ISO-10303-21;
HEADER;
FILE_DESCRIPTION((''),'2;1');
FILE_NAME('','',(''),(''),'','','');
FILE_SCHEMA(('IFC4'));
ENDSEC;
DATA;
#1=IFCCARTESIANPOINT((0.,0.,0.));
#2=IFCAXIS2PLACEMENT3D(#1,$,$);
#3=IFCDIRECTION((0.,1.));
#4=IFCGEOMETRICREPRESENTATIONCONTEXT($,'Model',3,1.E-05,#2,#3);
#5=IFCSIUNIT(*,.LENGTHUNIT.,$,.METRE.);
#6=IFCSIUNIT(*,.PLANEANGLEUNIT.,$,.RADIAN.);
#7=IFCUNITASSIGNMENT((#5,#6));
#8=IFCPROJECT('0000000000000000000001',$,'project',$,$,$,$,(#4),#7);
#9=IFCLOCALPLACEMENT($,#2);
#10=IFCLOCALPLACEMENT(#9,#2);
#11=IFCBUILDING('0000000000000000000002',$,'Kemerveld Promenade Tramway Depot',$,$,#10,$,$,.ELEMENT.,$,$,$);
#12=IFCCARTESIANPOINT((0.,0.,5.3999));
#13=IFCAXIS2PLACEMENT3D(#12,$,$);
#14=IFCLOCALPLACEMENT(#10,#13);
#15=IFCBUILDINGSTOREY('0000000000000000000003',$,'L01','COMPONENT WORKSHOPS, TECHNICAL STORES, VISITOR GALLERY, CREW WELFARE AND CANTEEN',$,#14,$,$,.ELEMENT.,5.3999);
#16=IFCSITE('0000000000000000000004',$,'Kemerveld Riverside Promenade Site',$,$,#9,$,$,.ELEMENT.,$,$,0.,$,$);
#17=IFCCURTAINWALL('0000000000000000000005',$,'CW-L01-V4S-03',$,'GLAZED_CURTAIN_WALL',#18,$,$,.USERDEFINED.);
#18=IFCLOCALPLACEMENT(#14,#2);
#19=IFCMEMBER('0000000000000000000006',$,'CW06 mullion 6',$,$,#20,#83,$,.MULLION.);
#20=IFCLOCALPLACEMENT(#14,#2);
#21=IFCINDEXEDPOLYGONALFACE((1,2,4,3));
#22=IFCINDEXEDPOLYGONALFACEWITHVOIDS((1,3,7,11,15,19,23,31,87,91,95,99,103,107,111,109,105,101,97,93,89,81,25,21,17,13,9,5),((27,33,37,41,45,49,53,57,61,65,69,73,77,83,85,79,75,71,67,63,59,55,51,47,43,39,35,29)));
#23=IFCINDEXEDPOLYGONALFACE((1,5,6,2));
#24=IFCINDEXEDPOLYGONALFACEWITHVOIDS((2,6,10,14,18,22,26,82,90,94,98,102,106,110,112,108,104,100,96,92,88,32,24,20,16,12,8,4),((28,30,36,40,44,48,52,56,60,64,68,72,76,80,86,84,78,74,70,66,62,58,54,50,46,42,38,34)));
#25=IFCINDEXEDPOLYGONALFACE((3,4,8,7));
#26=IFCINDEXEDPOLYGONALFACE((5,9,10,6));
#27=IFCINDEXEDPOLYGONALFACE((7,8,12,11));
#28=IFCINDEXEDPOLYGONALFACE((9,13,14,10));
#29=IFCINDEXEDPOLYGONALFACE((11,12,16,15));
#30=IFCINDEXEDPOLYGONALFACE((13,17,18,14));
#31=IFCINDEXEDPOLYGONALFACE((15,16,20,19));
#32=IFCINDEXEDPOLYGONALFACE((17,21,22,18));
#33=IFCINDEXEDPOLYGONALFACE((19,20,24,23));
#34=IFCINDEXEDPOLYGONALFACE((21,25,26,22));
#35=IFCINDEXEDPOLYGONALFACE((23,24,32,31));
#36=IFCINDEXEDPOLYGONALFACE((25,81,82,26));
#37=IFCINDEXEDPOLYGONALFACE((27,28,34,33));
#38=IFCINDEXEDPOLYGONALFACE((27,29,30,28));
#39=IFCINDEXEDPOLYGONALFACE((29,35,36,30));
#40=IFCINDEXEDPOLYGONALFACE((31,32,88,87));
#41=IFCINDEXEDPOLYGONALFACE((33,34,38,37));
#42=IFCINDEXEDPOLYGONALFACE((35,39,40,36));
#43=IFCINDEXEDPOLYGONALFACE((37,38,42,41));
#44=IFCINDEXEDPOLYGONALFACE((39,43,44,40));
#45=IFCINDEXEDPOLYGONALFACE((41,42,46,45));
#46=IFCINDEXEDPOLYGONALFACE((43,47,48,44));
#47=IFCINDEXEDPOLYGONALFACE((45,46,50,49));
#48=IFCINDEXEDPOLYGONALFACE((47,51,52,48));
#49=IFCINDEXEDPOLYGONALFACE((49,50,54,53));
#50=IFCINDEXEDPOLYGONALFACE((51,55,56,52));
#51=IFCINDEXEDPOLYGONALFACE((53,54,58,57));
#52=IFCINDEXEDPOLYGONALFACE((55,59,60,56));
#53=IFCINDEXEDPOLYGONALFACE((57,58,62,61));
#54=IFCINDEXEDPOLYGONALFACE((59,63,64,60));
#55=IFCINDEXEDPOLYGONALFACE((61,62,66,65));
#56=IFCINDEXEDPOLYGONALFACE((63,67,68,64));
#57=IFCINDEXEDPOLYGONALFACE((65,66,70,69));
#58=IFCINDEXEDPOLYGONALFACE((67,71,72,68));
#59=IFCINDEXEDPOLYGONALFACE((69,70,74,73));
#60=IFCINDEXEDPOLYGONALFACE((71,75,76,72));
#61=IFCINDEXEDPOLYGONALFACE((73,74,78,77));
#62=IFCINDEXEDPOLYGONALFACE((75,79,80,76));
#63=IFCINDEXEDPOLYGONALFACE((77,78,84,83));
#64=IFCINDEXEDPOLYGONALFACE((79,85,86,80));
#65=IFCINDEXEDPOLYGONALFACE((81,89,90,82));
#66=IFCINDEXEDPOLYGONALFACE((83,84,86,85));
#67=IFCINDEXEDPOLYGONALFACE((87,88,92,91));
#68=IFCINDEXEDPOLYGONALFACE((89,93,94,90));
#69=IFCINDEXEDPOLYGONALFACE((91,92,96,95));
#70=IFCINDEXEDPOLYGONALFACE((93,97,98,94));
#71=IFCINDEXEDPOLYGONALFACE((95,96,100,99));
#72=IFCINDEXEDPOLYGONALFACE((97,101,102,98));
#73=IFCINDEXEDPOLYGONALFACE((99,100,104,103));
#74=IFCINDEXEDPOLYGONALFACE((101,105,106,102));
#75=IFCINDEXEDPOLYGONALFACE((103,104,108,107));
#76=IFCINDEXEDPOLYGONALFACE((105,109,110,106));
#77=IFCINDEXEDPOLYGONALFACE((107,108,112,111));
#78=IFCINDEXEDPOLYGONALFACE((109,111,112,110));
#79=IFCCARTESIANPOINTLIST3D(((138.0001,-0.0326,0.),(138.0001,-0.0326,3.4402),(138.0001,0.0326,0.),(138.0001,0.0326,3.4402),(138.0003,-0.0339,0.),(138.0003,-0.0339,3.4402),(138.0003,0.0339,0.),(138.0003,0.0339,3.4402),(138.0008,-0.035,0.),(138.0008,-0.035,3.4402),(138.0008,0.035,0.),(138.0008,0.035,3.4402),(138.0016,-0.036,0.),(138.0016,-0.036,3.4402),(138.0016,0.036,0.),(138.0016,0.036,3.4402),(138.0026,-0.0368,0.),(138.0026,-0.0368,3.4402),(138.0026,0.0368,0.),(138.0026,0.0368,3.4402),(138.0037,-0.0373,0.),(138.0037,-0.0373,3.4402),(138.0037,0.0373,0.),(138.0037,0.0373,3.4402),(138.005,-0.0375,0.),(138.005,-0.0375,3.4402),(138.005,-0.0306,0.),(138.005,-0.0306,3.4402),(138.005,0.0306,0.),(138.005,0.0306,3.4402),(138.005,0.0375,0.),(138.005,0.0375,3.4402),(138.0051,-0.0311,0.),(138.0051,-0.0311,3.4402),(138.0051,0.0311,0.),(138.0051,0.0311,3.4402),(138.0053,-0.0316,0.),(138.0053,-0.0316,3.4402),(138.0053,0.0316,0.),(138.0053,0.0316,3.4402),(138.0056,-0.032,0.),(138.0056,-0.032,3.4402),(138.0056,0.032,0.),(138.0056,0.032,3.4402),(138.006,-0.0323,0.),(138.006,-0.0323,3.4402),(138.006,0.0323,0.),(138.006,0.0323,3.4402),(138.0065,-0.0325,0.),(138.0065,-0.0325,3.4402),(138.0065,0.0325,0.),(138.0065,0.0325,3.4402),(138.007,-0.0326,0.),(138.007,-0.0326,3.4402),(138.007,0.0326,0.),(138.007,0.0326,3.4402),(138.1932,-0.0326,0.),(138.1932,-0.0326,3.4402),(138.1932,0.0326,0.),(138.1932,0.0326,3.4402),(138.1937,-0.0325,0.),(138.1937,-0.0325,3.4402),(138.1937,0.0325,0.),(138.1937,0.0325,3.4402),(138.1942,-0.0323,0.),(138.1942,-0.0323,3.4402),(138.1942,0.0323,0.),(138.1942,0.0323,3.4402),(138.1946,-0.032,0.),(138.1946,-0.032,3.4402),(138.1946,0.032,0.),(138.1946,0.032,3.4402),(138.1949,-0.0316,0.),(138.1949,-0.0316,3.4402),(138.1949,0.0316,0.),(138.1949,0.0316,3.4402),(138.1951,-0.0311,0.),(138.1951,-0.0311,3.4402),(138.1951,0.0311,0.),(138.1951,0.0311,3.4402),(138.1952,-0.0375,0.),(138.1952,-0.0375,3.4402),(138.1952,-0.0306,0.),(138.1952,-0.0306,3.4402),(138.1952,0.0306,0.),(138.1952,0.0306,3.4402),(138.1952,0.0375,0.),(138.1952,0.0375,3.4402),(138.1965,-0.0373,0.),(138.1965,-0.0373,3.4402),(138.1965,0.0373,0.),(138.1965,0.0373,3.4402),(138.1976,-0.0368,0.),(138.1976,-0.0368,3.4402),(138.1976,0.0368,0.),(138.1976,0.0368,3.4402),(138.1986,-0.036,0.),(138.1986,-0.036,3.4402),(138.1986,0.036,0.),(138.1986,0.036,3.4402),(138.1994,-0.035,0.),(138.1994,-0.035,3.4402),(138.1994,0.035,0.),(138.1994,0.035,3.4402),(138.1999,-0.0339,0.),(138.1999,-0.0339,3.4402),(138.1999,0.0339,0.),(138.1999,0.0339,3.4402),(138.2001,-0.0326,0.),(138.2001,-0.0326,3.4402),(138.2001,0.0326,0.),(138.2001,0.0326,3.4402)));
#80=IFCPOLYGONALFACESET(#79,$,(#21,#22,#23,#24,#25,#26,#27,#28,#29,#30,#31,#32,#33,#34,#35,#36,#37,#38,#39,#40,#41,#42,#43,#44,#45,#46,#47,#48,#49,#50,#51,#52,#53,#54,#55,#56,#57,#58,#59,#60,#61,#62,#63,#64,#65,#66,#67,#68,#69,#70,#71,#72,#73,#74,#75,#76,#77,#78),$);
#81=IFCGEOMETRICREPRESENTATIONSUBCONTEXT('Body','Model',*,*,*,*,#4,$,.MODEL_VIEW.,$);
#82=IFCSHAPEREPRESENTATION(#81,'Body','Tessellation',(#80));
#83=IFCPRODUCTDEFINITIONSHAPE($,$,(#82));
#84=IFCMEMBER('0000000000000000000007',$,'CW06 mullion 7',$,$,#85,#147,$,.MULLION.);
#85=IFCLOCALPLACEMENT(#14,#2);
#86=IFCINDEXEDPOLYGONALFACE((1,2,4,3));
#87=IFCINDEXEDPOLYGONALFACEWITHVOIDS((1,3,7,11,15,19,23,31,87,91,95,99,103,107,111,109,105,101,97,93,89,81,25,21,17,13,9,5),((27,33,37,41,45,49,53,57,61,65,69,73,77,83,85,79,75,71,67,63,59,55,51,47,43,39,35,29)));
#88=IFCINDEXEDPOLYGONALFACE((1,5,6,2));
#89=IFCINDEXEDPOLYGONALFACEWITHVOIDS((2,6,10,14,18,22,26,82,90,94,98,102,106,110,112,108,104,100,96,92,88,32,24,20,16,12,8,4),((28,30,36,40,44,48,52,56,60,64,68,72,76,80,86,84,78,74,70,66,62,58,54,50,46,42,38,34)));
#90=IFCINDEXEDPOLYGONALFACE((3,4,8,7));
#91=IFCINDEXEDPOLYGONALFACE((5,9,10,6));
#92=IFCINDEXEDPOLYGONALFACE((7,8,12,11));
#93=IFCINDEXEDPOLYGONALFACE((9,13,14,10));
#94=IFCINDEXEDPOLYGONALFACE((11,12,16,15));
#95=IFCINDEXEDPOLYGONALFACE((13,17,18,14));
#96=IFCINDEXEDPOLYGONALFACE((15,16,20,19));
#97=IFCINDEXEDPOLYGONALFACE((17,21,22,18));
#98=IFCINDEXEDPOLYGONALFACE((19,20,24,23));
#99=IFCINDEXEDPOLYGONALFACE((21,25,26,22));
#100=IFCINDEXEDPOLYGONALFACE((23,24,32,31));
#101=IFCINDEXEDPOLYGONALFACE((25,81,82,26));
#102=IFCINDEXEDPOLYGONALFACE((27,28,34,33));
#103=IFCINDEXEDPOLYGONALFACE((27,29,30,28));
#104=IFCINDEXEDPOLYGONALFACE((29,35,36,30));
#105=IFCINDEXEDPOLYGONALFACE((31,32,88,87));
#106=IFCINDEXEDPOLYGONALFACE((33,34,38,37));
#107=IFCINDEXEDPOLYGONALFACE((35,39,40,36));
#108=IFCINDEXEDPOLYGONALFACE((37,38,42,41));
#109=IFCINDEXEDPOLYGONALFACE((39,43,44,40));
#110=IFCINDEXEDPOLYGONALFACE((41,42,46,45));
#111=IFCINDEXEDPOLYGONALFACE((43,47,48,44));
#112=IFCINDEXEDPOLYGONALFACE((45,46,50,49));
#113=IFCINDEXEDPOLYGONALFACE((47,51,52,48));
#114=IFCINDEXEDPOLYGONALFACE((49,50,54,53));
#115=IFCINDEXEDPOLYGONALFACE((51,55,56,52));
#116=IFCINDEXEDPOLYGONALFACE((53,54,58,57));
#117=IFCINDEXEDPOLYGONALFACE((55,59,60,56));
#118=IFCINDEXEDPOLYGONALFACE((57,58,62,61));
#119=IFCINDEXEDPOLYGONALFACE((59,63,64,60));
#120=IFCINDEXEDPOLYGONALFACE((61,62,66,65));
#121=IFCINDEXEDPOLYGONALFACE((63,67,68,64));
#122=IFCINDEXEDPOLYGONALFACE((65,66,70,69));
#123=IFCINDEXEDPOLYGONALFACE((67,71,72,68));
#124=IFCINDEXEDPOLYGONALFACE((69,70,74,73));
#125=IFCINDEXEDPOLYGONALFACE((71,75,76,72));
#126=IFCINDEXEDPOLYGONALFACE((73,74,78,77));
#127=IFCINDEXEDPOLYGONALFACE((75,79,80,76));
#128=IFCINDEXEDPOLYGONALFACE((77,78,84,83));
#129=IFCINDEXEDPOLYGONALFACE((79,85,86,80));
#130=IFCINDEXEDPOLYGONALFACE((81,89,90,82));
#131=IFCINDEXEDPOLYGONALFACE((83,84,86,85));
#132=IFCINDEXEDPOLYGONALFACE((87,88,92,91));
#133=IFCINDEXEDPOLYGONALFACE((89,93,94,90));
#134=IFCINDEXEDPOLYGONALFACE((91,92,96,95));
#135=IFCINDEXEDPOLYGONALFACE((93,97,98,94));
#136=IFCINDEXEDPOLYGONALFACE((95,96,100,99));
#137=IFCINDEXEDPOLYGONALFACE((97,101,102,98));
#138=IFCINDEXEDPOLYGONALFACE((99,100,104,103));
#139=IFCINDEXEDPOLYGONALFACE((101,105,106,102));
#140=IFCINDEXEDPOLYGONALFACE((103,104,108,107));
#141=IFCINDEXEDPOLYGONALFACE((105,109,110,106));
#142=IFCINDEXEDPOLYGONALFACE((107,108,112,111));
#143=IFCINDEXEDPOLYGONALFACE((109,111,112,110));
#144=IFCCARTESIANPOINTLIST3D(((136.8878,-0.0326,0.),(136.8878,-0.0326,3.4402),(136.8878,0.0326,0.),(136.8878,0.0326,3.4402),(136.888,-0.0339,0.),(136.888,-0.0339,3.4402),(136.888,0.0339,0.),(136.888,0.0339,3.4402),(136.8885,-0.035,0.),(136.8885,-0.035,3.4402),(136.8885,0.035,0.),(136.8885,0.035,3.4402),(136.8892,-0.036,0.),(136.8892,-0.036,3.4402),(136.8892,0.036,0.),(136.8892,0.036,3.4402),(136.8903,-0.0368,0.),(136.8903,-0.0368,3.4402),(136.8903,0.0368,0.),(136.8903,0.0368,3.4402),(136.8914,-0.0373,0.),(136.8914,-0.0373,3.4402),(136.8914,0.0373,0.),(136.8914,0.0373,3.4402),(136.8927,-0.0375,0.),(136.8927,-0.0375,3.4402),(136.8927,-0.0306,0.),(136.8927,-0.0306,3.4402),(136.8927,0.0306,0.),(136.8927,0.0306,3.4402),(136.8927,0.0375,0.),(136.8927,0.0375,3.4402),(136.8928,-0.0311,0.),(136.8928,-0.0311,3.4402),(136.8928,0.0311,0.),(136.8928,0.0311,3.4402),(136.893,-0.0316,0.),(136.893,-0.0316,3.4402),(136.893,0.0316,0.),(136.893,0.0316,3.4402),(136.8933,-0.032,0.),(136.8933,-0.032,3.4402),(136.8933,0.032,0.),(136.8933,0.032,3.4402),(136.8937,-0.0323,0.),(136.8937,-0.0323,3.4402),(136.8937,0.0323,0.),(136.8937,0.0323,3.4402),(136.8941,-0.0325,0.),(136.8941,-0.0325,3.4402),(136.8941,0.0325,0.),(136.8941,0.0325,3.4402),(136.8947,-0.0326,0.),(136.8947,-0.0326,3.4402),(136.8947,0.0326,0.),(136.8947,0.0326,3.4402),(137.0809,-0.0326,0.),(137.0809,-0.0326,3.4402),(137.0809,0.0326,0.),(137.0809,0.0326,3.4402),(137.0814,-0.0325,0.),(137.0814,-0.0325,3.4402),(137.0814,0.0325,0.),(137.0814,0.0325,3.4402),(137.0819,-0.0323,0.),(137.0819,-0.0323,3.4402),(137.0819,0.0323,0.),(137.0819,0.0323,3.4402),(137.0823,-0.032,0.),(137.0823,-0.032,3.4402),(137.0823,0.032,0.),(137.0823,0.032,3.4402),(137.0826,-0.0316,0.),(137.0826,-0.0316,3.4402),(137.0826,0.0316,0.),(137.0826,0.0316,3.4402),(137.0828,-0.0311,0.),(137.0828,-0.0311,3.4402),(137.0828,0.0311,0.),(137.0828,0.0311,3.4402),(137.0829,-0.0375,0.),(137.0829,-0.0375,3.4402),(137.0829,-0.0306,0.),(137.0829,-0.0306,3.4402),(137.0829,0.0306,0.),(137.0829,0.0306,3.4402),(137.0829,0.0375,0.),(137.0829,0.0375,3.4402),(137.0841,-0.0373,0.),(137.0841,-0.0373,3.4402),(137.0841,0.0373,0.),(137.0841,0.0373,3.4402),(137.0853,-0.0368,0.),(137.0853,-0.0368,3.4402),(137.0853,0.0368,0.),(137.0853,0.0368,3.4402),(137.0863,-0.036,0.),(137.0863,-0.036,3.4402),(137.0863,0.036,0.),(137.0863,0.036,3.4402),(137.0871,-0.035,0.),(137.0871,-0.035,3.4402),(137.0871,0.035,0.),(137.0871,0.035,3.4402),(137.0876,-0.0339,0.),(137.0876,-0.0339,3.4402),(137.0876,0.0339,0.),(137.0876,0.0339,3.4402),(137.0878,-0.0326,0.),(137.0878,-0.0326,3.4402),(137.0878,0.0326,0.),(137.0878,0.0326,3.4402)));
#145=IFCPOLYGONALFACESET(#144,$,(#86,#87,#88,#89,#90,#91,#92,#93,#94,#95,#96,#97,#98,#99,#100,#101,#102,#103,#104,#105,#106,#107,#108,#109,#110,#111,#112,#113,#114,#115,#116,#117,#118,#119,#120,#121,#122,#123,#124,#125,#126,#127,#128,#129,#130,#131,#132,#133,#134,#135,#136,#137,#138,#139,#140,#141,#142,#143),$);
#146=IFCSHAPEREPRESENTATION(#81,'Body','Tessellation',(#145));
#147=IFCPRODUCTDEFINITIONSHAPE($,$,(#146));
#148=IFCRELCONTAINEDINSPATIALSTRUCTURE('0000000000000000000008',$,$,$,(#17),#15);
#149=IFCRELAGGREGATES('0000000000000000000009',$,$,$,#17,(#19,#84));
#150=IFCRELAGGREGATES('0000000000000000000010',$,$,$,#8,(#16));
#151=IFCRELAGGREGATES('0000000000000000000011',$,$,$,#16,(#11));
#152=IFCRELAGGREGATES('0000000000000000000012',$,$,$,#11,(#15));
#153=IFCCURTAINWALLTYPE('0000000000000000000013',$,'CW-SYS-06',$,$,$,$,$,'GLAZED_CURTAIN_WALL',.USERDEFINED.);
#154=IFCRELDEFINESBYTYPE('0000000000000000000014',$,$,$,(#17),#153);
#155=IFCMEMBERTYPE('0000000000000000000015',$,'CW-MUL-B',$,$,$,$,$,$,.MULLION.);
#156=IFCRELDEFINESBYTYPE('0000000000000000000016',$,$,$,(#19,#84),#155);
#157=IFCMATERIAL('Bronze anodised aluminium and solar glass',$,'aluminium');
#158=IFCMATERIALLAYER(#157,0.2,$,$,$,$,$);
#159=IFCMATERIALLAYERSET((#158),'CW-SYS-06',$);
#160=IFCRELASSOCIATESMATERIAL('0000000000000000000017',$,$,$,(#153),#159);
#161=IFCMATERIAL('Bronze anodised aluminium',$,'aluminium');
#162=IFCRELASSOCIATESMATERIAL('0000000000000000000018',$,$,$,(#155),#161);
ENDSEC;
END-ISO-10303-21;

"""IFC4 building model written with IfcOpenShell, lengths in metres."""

from ifc_helpers import new_model, si_unit, direction, frame, origin, origin_2d, place, context, subcontext, project, spatial, hollow_rectangle, extrude, material, layer, layer_set, material_profile, profile_set, type_object, element, aggregate, save


model = new_model("IFC4")

# Units and contexts
model_context = context("Model", 3, precision=1e-05, world=origin(), true_north=direction((0.0, 1.0)))
body_context = subcontext(model_context, "Body", "Model", "MODEL_VIEW")
ifc_project = project(units=[si_unit("LENGTHUNIT", "METRE"), si_unit("PLANEANGLEUNIT", "RADIAN")], contexts=[model_context])

# Site, building, storey
site_placement = place(None, origin())
site = spatial("IfcSite", under=ifc_project, at=site_placement, Name="Kemerveld Riverside Promenade Site", CompositionType="ELEMENT", RefElevation=0.0)
building_placement = place(site_placement, origin())
building = spatial("IfcBuilding", under=site, at=building_placement, Name="Kemerveld Promenade Tramway Depot", CompositionType="ELEMENT")
storey_placement = place(building_placement, frame((0.0, 0.0, 5.3999)))
storey = spatial("IfcBuildingStorey", under=building, at=storey_placement, Name="L01", Description="COMPONENT WORKSHOPS, TECHNICAL STORES, VISITOR GALLERY, CREW WELFARE AND CANTEEN", CompositionType="ELEMENT", Elevation=5.3999)

# Curtain wall, members
ifc_material_1 = material(Name="Bronze anodised aluminium and solar glass", Category="aluminium")
ifc_layer_1 = layer(ifc_material_1, 0.2)
ifc_layer_set_1 = layer_set([ifc_layer_1], Name="CW-SYS-06")
curtain_wall_type = type_object("IfcCurtainWallType", Name="CW-SYS-06", ElementType="GLAZED_CURTAIN_WALL", PredefinedType="USERDEFINED", material=ifc_layer_set_1)
curtain_wall_placement = place(storey_placement, origin())
curtain_wall = element("IfcCurtainWall", 1, at=curtain_wall_placement, inside=storey, type_object=curtain_wall_type, Name="CW-L01-V4S-03", ObjectType="GLAZED_CURTAIN_WALL", PredefinedType="USERDEFINED")
ifc_material_2 = material(Name="Bronze anodised aluminium", Category="aluminium")
ifc_material_profile_1 = material_profile(ifc_material_2, hollow_rectangle(XDim=0.075, YDim=0.2, WallThickness=0.0049, InnerFilletRadius=0.002, OuterFilletRadius=0.0049, at=origin_2d()), Name="CW-MUL-200x75")
ifc_profile_set_1 = profile_set([ifc_material_profile_1], Name="Bronze anodised aluminium")
member_type_1 = type_object("IfcMemberType", Name="CW-MUL-B", PredefinedType="MULLION", material=ifc_profile_set_1)
member_1_placement = place(storey_placement, frame((138.1001, 0.0, 0.0), z_axis=(0.0, 0.0, 1.0), x_axis=(0.0, -1.0, 0.0)))
member_1 = element("IfcMember", 2, at=member_1_placement, type_object=member_type_1, Name="CW06 mullion 6", PredefinedType="MULLION", context=body_context, shape_type="SweptSolid", body=[
    extrude(hollow_rectangle(XDim=0.075, YDim=0.2, WallThickness=0.0049, InnerFilletRadius=0.002, OuterFilletRadius=0.0049, at=origin_2d()), origin(), (0.0, 0.0, 1.0), 3.4402),
])
member_2_placement = place(storey_placement, frame((136.9878, 0.0, 0.0), z_axis=(0.0, 0.0, 1.0), x_axis=(0.0, -1.0, 0.0)))
member_2 = element("IfcMember", 3, at=member_2_placement, type_object=member_type_1, Name="CW06 mullion 7", PredefinedType="MULLION", context=body_context, shape_type="SweptSolid", body=[
    extrude(hollow_rectangle(XDim=0.075, YDim=0.2, WallThickness=0.0049, InnerFilletRadius=0.002, OuterFilletRadius=0.0049, at=origin_2d()), origin(), (0.0, 0.0, 1.0), 3.4402),
])
aggregate(curtain_wall, [member_1, member_2])

save(model, "model.ifc")
